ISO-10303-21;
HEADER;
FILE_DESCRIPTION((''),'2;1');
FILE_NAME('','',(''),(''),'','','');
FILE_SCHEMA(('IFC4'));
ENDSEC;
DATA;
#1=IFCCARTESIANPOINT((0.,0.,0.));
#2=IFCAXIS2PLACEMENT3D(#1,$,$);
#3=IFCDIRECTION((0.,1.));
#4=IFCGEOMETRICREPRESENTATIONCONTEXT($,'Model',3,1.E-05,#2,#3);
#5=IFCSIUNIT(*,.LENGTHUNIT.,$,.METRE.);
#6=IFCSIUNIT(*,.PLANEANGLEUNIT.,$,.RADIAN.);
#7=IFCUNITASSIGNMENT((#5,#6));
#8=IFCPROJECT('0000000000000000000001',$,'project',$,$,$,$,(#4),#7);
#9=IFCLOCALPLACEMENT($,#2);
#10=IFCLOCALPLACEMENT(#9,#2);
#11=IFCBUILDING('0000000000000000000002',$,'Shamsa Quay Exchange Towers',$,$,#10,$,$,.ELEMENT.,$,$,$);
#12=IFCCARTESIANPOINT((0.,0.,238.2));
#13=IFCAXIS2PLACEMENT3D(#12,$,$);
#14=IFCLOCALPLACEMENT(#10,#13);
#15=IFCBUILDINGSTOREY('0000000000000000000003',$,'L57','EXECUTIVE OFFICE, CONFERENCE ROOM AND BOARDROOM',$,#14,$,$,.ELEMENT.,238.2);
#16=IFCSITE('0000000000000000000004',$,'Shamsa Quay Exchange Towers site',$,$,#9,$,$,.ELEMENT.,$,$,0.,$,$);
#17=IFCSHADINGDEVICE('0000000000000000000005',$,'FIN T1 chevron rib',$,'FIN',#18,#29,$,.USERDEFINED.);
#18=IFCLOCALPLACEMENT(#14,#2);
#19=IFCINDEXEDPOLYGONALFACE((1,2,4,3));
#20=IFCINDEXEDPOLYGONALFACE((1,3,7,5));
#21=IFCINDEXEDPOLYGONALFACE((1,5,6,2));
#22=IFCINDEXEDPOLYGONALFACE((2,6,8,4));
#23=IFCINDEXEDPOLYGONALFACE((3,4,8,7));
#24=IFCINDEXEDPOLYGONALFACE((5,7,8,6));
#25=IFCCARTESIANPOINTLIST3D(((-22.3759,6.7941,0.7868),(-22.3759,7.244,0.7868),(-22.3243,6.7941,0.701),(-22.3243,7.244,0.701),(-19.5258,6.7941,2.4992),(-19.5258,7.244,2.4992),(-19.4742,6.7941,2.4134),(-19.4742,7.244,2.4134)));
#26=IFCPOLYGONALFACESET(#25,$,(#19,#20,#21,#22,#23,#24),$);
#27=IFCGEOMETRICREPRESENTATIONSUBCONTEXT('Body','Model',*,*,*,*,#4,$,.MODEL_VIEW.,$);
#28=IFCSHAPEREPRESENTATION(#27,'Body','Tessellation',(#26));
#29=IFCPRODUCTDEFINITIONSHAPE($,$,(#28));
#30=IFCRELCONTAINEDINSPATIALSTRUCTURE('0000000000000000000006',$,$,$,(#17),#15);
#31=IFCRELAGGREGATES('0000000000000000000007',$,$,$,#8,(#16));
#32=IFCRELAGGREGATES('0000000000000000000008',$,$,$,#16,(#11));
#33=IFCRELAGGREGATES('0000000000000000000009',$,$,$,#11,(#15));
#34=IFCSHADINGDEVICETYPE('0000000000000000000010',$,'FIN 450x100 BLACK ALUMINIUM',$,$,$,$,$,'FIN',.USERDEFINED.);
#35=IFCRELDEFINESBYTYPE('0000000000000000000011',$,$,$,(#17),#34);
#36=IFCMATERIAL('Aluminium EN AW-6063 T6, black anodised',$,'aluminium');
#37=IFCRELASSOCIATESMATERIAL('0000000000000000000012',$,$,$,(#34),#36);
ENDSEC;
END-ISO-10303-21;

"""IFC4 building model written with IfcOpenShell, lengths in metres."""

from ifc_helpers import new_model, si_unit, direction, frame, origin, origin_2d, place, context, subcontext, project, spatial, rectangle, extrude, material, material_profile, profile_set, type_object, element, save


model = new_model("IFC4")

# Units and contexts
model_context = context("Model", 3, precision=1e-05, world=origin(), true_north=direction((0.0, 1.0)))
body_context = subcontext(model_context, "Body", "Model", "MODEL_VIEW")
ifc_project = project(units=[si_unit("LENGTHUNIT", "METRE"), si_unit("PLANEANGLEUNIT", "RADIAN")], contexts=[model_context])

# Site, building, storey
site_placement = place(None, origin())
site = spatial("IfcSite", under=ifc_project, at=site_placement, Name="Shamsa Quay Exchange Towers site", CompositionType="ELEMENT", RefElevation=0.0)
building_placement = place(site_placement, origin())
building = spatial("IfcBuilding", under=site, at=building_placement, Name="Shamsa Quay Exchange Towers", CompositionType="ELEMENT")
storey_placement = place(building_placement, frame((0.0, 0.0, 238.2)))
storey = spatial("IfcBuildingStorey", under=building, at=storey_placement, Name="L57", Description="EXECUTIVE OFFICE, CONFERENCE ROOM AND BOARDROOM", CompositionType="ELEMENT", Elevation=238.2)

# Shared definitions
ifc_material_1 = material(Name="Aluminium EN AW-6063 T6, black anodised", Category="aluminium")

# Shading device
ifc_material_profile_1 = material_profile(ifc_material_1, rectangle(XDim=0.45, YDim=0.1001, at=origin_2d()), Name="FIN450x100")
ifc_profile_set_1 = profile_set([ifc_material_profile_1], Name="Aluminium EN AW-6063 T6, black anodised")
shading_device_type = type_object("IfcShadingDeviceType", Name="FIN 450x100 BLACK ALUMINIUM", ElementType="FIN", PredefinedType="USERDEFINED", material=ifc_profile_set_1)
shading_device_1_placement = place(storey_placement, frame((-19.5, 7.019, 2.4563), z_axis=(-0.857182, 0.0, -0.515014), x_axis=(0.0, -1.0, 0.0)))
element("IfcShadingDevice", 1, at=shading_device_1_placement, inside=storey, type_object=shading_device_type, Name="FIN T1 chevron rib", ObjectType="FIN", PredefinedType="USERDEFINED", context=body_context, shape_type="SweptSolid", body=[
    extrude(rectangle(XDim=0.45, YDim=0.1001, at=origin_2d()), origin(), (0.0, 0.0, 1.0), 3.325),
])

save(model, "model.ifc")
